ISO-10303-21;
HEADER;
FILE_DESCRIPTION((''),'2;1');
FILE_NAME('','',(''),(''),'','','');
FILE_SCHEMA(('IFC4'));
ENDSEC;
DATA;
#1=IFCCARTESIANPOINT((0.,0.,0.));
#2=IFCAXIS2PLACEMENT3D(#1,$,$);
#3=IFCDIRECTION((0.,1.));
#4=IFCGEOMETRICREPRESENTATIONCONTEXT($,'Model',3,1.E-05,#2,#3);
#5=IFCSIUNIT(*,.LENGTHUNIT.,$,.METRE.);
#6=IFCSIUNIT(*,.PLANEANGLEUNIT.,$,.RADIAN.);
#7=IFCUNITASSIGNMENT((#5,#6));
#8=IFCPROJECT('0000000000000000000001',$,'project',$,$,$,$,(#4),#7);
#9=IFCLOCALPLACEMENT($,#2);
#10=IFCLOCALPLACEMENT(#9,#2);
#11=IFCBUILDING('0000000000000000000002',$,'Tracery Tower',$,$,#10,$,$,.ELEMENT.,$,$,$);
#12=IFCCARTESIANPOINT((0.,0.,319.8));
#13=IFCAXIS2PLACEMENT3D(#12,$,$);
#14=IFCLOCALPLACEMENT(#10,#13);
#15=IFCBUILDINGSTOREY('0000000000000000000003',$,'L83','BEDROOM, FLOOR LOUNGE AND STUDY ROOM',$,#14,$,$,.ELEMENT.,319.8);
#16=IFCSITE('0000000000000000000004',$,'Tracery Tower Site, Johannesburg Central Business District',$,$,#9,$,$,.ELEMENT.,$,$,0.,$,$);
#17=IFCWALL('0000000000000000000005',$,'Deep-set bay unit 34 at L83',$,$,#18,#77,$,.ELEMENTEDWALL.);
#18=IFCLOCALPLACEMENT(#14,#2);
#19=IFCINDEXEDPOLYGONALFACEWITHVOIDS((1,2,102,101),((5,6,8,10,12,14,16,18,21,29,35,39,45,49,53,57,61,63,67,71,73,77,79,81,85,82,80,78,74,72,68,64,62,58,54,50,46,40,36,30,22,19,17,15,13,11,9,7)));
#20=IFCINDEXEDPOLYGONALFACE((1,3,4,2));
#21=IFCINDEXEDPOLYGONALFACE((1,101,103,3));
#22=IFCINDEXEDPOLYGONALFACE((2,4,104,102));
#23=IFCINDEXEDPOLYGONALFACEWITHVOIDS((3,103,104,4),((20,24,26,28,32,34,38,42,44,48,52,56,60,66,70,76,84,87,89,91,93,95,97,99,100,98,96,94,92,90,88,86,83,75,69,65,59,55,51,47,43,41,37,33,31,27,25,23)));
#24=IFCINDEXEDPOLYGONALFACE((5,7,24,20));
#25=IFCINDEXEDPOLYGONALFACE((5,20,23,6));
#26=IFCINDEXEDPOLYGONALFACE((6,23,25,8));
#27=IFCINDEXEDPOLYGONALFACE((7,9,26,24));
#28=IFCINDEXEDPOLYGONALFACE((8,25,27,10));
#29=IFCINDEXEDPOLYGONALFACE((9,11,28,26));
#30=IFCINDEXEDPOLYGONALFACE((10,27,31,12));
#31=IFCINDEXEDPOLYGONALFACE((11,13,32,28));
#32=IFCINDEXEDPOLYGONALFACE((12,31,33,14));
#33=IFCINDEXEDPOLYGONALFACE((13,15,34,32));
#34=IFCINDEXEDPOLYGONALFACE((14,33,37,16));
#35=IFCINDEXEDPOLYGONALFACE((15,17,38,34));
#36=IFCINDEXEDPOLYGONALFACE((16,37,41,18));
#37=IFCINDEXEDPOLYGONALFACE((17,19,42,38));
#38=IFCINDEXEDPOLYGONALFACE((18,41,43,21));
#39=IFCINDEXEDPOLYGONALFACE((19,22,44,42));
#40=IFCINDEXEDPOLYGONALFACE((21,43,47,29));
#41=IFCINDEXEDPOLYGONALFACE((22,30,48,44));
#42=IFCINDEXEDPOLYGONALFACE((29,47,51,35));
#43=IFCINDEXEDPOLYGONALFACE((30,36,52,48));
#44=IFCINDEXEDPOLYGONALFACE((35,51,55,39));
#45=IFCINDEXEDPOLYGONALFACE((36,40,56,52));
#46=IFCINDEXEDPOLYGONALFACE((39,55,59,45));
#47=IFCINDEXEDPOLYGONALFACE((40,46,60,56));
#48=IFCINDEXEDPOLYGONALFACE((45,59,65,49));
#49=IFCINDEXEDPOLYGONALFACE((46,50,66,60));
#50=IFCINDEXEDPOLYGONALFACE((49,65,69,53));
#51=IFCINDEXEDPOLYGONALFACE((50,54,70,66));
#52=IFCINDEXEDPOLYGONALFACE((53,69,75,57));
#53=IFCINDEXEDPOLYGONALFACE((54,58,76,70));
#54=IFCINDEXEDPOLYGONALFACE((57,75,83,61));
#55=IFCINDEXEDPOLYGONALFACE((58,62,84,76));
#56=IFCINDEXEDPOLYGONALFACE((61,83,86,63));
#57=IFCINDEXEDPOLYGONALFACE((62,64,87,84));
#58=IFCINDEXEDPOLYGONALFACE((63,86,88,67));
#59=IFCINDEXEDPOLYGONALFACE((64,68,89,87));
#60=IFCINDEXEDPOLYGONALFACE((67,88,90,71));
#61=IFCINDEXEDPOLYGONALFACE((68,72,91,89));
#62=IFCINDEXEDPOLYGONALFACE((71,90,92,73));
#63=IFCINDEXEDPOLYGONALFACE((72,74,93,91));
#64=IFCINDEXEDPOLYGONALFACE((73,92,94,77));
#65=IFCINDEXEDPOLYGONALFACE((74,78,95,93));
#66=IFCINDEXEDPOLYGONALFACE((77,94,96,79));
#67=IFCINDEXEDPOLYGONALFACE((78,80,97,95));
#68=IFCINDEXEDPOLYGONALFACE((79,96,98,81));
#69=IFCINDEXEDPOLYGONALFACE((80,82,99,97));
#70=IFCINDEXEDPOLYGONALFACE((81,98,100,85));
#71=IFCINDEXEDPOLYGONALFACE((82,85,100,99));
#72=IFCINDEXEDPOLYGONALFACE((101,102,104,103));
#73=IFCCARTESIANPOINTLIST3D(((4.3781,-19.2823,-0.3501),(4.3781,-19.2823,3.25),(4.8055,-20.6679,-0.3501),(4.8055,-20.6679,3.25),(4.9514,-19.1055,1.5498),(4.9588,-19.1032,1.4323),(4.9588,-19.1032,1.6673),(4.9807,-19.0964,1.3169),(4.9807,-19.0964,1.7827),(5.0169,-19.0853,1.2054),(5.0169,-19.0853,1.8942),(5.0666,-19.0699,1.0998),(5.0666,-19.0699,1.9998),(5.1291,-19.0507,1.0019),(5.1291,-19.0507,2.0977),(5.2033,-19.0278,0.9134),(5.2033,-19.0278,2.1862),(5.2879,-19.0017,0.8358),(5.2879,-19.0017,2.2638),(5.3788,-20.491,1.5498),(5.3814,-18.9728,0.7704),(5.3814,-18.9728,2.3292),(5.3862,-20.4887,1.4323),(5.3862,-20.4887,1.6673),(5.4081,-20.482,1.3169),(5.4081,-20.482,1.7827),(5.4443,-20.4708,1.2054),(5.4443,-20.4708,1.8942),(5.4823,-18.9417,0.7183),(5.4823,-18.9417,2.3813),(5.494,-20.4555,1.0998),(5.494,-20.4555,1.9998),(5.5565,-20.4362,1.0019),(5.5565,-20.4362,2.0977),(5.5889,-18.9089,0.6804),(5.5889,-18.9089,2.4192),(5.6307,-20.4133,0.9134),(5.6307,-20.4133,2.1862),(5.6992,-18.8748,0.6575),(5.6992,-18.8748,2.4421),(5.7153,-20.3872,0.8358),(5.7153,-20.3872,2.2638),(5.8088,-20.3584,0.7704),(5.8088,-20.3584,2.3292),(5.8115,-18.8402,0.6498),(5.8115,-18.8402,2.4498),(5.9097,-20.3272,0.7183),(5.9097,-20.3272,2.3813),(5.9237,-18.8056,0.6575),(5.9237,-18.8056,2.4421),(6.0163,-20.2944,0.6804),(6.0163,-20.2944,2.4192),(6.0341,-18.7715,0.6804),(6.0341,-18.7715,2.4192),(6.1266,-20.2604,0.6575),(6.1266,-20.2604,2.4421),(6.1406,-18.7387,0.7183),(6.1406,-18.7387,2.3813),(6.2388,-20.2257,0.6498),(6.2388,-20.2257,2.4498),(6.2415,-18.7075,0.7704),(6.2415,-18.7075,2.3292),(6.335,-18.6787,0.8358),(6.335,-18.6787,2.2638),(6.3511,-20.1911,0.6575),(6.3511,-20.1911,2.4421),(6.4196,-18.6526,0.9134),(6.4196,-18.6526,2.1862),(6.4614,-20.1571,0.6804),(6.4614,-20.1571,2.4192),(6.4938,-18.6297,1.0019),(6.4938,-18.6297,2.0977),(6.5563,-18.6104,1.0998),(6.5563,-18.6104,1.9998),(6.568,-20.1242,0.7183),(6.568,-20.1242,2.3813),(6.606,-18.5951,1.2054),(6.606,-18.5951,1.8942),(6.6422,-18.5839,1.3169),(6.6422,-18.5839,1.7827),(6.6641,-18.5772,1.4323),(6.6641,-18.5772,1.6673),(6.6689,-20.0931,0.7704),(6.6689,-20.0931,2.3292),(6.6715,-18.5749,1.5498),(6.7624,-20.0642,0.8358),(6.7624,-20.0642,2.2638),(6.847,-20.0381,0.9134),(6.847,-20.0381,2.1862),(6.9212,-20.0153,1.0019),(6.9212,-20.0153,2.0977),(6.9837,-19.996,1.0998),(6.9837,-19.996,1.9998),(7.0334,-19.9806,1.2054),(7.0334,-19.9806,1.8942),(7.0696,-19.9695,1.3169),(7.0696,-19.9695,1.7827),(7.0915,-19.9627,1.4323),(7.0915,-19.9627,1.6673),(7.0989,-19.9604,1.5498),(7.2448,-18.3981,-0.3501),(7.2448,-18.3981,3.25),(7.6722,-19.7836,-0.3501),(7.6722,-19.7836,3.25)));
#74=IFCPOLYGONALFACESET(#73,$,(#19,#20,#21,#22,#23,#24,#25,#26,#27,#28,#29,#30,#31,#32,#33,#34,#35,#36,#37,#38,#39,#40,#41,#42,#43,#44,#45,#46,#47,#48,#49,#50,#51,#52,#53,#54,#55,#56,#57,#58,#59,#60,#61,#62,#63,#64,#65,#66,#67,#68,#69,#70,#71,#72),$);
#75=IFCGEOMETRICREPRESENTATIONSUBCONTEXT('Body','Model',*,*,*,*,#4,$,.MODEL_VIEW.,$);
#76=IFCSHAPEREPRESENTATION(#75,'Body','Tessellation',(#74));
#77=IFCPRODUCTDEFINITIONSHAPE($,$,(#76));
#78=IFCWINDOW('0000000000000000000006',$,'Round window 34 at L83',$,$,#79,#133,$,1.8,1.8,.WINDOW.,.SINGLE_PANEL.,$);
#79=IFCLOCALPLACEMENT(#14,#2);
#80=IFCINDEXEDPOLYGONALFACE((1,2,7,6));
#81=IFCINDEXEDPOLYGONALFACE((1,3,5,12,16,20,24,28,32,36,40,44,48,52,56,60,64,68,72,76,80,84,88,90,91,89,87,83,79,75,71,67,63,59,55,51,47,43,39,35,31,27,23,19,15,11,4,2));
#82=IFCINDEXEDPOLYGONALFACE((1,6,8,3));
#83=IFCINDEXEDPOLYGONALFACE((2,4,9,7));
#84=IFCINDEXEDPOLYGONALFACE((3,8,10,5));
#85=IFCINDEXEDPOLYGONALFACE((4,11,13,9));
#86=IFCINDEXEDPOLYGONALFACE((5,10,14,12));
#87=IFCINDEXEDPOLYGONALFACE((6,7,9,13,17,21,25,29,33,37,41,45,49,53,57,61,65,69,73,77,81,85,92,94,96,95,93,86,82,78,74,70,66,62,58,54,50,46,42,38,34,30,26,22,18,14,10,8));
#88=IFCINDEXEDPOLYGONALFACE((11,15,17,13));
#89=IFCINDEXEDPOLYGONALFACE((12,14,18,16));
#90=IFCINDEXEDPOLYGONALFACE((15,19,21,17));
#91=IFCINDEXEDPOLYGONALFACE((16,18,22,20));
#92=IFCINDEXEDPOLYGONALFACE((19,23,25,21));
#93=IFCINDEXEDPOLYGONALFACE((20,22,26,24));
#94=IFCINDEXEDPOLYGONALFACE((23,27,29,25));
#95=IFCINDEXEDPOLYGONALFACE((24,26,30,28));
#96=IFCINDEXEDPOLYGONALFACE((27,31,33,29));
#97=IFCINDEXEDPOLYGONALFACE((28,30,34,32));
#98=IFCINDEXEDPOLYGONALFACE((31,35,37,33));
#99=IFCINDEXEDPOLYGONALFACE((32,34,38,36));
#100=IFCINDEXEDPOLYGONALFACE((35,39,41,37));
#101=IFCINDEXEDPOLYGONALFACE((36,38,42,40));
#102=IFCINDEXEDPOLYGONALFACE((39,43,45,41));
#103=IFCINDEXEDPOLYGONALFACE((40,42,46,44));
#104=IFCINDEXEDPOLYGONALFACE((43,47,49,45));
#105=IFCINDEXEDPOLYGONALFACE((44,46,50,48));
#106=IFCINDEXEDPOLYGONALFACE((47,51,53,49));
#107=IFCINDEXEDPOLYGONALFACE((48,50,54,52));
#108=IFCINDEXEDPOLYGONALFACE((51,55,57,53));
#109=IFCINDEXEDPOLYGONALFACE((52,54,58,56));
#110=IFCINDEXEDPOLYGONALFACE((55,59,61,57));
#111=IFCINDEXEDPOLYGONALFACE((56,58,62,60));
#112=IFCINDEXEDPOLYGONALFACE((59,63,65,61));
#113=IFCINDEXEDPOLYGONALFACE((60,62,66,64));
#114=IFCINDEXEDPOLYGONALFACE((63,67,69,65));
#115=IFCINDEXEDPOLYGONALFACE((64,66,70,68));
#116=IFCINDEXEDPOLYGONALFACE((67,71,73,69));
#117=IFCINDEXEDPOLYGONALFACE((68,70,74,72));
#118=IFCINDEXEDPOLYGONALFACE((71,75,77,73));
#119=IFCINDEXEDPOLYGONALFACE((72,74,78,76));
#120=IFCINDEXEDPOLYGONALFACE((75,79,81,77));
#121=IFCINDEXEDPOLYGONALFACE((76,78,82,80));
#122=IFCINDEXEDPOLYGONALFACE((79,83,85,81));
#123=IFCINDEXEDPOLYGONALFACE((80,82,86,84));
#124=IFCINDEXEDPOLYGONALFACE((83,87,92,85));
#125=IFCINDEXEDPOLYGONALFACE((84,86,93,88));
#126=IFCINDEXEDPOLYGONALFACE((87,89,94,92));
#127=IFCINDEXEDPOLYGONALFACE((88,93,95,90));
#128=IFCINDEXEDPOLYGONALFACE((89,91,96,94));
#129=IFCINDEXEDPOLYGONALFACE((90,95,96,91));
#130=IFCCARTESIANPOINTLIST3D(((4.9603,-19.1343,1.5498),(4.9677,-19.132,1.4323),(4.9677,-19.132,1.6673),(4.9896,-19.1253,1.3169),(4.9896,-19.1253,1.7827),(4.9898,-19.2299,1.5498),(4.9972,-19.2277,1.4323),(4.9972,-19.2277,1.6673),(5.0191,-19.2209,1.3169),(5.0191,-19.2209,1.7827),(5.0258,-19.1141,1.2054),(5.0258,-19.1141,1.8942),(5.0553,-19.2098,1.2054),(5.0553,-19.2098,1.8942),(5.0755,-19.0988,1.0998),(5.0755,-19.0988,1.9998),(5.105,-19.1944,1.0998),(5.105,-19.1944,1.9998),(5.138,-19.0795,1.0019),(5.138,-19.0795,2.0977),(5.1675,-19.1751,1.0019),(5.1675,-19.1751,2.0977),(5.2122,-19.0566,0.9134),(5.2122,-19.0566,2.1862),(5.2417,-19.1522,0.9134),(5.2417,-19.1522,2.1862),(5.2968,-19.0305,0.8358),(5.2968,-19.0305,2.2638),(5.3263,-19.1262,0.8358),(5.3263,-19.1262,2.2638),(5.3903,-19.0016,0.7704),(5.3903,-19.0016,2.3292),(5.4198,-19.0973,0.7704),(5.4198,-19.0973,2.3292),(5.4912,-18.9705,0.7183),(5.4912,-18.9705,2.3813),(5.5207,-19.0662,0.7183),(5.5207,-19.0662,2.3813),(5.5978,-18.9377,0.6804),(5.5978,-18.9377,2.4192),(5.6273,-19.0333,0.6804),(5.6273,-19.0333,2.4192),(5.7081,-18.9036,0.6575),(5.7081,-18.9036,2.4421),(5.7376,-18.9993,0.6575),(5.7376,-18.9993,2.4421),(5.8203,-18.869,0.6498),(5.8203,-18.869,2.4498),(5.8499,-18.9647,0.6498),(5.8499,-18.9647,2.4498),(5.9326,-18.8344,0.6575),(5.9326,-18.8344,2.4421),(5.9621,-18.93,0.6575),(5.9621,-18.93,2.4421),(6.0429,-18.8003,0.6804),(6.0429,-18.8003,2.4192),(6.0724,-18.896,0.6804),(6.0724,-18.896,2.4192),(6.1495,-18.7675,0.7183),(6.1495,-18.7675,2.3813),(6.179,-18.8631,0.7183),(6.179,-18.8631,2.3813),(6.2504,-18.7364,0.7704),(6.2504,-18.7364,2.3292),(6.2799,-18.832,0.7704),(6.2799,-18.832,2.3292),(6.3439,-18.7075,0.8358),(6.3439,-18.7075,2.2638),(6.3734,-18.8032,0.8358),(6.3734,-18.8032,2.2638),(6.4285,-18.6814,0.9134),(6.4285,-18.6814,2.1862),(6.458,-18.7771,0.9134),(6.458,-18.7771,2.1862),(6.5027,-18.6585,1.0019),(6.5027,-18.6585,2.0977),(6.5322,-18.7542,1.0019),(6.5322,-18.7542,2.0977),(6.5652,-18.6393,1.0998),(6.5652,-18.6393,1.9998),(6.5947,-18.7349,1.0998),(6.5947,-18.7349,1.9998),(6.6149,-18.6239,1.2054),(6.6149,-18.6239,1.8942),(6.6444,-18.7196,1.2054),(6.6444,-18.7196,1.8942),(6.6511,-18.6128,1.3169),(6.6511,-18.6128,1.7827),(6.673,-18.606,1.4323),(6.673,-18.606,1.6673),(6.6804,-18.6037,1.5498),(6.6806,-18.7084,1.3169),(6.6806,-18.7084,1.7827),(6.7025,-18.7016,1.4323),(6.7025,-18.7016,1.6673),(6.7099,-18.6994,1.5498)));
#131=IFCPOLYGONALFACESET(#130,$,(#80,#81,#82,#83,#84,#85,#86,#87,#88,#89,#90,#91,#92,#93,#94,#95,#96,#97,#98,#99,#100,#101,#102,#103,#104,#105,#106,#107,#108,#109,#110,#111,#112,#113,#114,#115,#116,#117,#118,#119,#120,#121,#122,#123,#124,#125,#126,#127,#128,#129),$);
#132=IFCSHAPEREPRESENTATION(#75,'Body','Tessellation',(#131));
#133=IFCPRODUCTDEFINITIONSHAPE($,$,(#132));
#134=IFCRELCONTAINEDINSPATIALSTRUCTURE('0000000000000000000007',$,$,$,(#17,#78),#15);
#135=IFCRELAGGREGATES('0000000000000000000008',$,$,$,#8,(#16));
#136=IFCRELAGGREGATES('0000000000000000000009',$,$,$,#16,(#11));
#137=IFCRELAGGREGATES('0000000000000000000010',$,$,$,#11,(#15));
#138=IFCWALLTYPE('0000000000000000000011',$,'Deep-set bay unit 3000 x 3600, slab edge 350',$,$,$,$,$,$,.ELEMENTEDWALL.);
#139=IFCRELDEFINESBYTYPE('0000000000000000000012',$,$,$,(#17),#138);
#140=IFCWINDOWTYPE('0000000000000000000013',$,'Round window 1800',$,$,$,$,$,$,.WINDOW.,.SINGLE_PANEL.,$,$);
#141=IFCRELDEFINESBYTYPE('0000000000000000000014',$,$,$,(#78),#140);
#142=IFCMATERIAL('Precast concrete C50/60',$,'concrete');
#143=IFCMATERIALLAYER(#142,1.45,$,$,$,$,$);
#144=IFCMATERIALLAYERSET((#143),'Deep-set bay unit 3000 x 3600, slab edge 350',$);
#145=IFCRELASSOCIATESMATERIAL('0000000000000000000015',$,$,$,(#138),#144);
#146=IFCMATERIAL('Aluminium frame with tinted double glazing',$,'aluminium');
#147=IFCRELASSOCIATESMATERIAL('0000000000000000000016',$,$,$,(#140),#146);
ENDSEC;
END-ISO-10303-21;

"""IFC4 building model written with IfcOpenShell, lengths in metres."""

from ifc_helpers import new_model, si_unit, direction, frame, frame_2d, origin, origin_2d, place, context, subcontext, project, spatial, rectangle, circle, extrude, material, layer, layer_set, type_object, element, fill, save


model = new_model("IFC4")

# Units and contexts
model_context = context("Model", 3, precision=1e-05, world=origin(), true_north=direction((0.0, 1.0)))
body_context = subcontext(model_context, "Body", "Model", "MODEL_VIEW")
ifc_project = project(units=[si_unit("LENGTHUNIT", "METRE"), si_unit("PLANEANGLEUNIT", "RADIAN")], contexts=[model_context])

# Site, building, storey
site_placement = place(None, origin())
site = spatial("IfcSite", under=ifc_project, at=site_placement, Name="Tracery Tower Site, Johannesburg Central Business District", CompositionType="ELEMENT", RefElevation=0.0)
building_placement = place(site_placement, origin())
building = spatial("IfcBuilding", under=site, at=building_placement, Name="Tracery Tower", CompositionType="ELEMENT")
storey_placement = place(building_placement, frame((0.0, 0.0, 319.8)))
storey = spatial("IfcBuildingStorey", under=building, at=storey_placement, Name="L83", Description="BEDROOM, FLOOR LOUNGE AND STUDY ROOM", CompositionType="ELEMENT", Elevation=319.8)

# Wall, opening, window
ifc_material_1 = material(Name="Precast concrete C50/60", Category="concrete")
ifc_layer_1 = layer(ifc_material_1, 1.45)
ifc_layer_set_1 = layer_set([ifc_layer_1], Name="Deep-set bay unit 3000 x 3600, slab edge 350")
wall_type_1 = type_object("IfcWallType", Name="Deep-set bay unit 3000 x 3600, slab edge 350", PredefinedType="ELEMENTEDWALL", material=ifc_layer_set_1)
wall_1_placement = place(storey_placement, frame((4.5918, -19.9751, -0.3501), z_axis=(0.0, 0.0, 1.0), x_axis=(0.955571, 0.294761, 0.0)))
wall_1 = element("IfcWall", 1, at=wall_1_placement, inside=storey, type_object=wall_type_1, Name="Deep-set bay unit 34 at L83", PredefinedType="ELEMENTEDWALL", context=body_context, shape_type="SweptSolid", body=[
    extrude(rectangle(XDim=3.0, YDim=1.45, at=frame_2d((1.5, 0.0))), origin(), (0.0, 0.0, 1.0), 3.6001),
])
opening_1_placement = place(wall_1_placement, frame((1.5, 0.0, 1.8999)))
opening_1 = element("IfcOpeningElement", 2, at=opening_1_placement, cuts=wall_1, PredefinedType="OPENING", context=body_context, shape_type="SweptSolid", body=[
    extrude(circle(Radius=0.9, at=origin_2d()), frame((0.0, 0.7349, 0.0), z_axis=(0.0, -1.0, 0.0), x_axis=(1.0, 0.0, 0.0)), (0.0, 0.0, 1.0), 1.47),
])
ifc_material_2 = material(Name="Aluminium frame with tinted double glazing", Category="aluminium")
window_type = type_object("IfcWindowType", Name="Round window 1800", PartitioningType="SINGLE_PANEL", PredefinedType="WINDOW", material=ifc_material_2)
window_1_placement = place(opening_1_placement, origin())
window_1 = element("IfcWindow", 3, at=window_1_placement, inside=storey, type_object=window_type, Name="Round window 34 at L83", OverallHeight=1.8, OverallWidth=1.8, PartitioningType="SINGLE_PANEL", PredefinedType="WINDOW", context=body_context, shape_type="SweptSolid", body=[
    extrude(circle(Radius=0.9, at=origin_2d()), frame((0.0, 0.6948, 0.0), z_axis=(0.0, -1.0, 0.0), x_axis=(1.0, 0.0, 0.0)), (0.0, 0.0, 1.0), 0.1001),
])
fill(opening_1, window_1)

save(model, "model.ifc")
